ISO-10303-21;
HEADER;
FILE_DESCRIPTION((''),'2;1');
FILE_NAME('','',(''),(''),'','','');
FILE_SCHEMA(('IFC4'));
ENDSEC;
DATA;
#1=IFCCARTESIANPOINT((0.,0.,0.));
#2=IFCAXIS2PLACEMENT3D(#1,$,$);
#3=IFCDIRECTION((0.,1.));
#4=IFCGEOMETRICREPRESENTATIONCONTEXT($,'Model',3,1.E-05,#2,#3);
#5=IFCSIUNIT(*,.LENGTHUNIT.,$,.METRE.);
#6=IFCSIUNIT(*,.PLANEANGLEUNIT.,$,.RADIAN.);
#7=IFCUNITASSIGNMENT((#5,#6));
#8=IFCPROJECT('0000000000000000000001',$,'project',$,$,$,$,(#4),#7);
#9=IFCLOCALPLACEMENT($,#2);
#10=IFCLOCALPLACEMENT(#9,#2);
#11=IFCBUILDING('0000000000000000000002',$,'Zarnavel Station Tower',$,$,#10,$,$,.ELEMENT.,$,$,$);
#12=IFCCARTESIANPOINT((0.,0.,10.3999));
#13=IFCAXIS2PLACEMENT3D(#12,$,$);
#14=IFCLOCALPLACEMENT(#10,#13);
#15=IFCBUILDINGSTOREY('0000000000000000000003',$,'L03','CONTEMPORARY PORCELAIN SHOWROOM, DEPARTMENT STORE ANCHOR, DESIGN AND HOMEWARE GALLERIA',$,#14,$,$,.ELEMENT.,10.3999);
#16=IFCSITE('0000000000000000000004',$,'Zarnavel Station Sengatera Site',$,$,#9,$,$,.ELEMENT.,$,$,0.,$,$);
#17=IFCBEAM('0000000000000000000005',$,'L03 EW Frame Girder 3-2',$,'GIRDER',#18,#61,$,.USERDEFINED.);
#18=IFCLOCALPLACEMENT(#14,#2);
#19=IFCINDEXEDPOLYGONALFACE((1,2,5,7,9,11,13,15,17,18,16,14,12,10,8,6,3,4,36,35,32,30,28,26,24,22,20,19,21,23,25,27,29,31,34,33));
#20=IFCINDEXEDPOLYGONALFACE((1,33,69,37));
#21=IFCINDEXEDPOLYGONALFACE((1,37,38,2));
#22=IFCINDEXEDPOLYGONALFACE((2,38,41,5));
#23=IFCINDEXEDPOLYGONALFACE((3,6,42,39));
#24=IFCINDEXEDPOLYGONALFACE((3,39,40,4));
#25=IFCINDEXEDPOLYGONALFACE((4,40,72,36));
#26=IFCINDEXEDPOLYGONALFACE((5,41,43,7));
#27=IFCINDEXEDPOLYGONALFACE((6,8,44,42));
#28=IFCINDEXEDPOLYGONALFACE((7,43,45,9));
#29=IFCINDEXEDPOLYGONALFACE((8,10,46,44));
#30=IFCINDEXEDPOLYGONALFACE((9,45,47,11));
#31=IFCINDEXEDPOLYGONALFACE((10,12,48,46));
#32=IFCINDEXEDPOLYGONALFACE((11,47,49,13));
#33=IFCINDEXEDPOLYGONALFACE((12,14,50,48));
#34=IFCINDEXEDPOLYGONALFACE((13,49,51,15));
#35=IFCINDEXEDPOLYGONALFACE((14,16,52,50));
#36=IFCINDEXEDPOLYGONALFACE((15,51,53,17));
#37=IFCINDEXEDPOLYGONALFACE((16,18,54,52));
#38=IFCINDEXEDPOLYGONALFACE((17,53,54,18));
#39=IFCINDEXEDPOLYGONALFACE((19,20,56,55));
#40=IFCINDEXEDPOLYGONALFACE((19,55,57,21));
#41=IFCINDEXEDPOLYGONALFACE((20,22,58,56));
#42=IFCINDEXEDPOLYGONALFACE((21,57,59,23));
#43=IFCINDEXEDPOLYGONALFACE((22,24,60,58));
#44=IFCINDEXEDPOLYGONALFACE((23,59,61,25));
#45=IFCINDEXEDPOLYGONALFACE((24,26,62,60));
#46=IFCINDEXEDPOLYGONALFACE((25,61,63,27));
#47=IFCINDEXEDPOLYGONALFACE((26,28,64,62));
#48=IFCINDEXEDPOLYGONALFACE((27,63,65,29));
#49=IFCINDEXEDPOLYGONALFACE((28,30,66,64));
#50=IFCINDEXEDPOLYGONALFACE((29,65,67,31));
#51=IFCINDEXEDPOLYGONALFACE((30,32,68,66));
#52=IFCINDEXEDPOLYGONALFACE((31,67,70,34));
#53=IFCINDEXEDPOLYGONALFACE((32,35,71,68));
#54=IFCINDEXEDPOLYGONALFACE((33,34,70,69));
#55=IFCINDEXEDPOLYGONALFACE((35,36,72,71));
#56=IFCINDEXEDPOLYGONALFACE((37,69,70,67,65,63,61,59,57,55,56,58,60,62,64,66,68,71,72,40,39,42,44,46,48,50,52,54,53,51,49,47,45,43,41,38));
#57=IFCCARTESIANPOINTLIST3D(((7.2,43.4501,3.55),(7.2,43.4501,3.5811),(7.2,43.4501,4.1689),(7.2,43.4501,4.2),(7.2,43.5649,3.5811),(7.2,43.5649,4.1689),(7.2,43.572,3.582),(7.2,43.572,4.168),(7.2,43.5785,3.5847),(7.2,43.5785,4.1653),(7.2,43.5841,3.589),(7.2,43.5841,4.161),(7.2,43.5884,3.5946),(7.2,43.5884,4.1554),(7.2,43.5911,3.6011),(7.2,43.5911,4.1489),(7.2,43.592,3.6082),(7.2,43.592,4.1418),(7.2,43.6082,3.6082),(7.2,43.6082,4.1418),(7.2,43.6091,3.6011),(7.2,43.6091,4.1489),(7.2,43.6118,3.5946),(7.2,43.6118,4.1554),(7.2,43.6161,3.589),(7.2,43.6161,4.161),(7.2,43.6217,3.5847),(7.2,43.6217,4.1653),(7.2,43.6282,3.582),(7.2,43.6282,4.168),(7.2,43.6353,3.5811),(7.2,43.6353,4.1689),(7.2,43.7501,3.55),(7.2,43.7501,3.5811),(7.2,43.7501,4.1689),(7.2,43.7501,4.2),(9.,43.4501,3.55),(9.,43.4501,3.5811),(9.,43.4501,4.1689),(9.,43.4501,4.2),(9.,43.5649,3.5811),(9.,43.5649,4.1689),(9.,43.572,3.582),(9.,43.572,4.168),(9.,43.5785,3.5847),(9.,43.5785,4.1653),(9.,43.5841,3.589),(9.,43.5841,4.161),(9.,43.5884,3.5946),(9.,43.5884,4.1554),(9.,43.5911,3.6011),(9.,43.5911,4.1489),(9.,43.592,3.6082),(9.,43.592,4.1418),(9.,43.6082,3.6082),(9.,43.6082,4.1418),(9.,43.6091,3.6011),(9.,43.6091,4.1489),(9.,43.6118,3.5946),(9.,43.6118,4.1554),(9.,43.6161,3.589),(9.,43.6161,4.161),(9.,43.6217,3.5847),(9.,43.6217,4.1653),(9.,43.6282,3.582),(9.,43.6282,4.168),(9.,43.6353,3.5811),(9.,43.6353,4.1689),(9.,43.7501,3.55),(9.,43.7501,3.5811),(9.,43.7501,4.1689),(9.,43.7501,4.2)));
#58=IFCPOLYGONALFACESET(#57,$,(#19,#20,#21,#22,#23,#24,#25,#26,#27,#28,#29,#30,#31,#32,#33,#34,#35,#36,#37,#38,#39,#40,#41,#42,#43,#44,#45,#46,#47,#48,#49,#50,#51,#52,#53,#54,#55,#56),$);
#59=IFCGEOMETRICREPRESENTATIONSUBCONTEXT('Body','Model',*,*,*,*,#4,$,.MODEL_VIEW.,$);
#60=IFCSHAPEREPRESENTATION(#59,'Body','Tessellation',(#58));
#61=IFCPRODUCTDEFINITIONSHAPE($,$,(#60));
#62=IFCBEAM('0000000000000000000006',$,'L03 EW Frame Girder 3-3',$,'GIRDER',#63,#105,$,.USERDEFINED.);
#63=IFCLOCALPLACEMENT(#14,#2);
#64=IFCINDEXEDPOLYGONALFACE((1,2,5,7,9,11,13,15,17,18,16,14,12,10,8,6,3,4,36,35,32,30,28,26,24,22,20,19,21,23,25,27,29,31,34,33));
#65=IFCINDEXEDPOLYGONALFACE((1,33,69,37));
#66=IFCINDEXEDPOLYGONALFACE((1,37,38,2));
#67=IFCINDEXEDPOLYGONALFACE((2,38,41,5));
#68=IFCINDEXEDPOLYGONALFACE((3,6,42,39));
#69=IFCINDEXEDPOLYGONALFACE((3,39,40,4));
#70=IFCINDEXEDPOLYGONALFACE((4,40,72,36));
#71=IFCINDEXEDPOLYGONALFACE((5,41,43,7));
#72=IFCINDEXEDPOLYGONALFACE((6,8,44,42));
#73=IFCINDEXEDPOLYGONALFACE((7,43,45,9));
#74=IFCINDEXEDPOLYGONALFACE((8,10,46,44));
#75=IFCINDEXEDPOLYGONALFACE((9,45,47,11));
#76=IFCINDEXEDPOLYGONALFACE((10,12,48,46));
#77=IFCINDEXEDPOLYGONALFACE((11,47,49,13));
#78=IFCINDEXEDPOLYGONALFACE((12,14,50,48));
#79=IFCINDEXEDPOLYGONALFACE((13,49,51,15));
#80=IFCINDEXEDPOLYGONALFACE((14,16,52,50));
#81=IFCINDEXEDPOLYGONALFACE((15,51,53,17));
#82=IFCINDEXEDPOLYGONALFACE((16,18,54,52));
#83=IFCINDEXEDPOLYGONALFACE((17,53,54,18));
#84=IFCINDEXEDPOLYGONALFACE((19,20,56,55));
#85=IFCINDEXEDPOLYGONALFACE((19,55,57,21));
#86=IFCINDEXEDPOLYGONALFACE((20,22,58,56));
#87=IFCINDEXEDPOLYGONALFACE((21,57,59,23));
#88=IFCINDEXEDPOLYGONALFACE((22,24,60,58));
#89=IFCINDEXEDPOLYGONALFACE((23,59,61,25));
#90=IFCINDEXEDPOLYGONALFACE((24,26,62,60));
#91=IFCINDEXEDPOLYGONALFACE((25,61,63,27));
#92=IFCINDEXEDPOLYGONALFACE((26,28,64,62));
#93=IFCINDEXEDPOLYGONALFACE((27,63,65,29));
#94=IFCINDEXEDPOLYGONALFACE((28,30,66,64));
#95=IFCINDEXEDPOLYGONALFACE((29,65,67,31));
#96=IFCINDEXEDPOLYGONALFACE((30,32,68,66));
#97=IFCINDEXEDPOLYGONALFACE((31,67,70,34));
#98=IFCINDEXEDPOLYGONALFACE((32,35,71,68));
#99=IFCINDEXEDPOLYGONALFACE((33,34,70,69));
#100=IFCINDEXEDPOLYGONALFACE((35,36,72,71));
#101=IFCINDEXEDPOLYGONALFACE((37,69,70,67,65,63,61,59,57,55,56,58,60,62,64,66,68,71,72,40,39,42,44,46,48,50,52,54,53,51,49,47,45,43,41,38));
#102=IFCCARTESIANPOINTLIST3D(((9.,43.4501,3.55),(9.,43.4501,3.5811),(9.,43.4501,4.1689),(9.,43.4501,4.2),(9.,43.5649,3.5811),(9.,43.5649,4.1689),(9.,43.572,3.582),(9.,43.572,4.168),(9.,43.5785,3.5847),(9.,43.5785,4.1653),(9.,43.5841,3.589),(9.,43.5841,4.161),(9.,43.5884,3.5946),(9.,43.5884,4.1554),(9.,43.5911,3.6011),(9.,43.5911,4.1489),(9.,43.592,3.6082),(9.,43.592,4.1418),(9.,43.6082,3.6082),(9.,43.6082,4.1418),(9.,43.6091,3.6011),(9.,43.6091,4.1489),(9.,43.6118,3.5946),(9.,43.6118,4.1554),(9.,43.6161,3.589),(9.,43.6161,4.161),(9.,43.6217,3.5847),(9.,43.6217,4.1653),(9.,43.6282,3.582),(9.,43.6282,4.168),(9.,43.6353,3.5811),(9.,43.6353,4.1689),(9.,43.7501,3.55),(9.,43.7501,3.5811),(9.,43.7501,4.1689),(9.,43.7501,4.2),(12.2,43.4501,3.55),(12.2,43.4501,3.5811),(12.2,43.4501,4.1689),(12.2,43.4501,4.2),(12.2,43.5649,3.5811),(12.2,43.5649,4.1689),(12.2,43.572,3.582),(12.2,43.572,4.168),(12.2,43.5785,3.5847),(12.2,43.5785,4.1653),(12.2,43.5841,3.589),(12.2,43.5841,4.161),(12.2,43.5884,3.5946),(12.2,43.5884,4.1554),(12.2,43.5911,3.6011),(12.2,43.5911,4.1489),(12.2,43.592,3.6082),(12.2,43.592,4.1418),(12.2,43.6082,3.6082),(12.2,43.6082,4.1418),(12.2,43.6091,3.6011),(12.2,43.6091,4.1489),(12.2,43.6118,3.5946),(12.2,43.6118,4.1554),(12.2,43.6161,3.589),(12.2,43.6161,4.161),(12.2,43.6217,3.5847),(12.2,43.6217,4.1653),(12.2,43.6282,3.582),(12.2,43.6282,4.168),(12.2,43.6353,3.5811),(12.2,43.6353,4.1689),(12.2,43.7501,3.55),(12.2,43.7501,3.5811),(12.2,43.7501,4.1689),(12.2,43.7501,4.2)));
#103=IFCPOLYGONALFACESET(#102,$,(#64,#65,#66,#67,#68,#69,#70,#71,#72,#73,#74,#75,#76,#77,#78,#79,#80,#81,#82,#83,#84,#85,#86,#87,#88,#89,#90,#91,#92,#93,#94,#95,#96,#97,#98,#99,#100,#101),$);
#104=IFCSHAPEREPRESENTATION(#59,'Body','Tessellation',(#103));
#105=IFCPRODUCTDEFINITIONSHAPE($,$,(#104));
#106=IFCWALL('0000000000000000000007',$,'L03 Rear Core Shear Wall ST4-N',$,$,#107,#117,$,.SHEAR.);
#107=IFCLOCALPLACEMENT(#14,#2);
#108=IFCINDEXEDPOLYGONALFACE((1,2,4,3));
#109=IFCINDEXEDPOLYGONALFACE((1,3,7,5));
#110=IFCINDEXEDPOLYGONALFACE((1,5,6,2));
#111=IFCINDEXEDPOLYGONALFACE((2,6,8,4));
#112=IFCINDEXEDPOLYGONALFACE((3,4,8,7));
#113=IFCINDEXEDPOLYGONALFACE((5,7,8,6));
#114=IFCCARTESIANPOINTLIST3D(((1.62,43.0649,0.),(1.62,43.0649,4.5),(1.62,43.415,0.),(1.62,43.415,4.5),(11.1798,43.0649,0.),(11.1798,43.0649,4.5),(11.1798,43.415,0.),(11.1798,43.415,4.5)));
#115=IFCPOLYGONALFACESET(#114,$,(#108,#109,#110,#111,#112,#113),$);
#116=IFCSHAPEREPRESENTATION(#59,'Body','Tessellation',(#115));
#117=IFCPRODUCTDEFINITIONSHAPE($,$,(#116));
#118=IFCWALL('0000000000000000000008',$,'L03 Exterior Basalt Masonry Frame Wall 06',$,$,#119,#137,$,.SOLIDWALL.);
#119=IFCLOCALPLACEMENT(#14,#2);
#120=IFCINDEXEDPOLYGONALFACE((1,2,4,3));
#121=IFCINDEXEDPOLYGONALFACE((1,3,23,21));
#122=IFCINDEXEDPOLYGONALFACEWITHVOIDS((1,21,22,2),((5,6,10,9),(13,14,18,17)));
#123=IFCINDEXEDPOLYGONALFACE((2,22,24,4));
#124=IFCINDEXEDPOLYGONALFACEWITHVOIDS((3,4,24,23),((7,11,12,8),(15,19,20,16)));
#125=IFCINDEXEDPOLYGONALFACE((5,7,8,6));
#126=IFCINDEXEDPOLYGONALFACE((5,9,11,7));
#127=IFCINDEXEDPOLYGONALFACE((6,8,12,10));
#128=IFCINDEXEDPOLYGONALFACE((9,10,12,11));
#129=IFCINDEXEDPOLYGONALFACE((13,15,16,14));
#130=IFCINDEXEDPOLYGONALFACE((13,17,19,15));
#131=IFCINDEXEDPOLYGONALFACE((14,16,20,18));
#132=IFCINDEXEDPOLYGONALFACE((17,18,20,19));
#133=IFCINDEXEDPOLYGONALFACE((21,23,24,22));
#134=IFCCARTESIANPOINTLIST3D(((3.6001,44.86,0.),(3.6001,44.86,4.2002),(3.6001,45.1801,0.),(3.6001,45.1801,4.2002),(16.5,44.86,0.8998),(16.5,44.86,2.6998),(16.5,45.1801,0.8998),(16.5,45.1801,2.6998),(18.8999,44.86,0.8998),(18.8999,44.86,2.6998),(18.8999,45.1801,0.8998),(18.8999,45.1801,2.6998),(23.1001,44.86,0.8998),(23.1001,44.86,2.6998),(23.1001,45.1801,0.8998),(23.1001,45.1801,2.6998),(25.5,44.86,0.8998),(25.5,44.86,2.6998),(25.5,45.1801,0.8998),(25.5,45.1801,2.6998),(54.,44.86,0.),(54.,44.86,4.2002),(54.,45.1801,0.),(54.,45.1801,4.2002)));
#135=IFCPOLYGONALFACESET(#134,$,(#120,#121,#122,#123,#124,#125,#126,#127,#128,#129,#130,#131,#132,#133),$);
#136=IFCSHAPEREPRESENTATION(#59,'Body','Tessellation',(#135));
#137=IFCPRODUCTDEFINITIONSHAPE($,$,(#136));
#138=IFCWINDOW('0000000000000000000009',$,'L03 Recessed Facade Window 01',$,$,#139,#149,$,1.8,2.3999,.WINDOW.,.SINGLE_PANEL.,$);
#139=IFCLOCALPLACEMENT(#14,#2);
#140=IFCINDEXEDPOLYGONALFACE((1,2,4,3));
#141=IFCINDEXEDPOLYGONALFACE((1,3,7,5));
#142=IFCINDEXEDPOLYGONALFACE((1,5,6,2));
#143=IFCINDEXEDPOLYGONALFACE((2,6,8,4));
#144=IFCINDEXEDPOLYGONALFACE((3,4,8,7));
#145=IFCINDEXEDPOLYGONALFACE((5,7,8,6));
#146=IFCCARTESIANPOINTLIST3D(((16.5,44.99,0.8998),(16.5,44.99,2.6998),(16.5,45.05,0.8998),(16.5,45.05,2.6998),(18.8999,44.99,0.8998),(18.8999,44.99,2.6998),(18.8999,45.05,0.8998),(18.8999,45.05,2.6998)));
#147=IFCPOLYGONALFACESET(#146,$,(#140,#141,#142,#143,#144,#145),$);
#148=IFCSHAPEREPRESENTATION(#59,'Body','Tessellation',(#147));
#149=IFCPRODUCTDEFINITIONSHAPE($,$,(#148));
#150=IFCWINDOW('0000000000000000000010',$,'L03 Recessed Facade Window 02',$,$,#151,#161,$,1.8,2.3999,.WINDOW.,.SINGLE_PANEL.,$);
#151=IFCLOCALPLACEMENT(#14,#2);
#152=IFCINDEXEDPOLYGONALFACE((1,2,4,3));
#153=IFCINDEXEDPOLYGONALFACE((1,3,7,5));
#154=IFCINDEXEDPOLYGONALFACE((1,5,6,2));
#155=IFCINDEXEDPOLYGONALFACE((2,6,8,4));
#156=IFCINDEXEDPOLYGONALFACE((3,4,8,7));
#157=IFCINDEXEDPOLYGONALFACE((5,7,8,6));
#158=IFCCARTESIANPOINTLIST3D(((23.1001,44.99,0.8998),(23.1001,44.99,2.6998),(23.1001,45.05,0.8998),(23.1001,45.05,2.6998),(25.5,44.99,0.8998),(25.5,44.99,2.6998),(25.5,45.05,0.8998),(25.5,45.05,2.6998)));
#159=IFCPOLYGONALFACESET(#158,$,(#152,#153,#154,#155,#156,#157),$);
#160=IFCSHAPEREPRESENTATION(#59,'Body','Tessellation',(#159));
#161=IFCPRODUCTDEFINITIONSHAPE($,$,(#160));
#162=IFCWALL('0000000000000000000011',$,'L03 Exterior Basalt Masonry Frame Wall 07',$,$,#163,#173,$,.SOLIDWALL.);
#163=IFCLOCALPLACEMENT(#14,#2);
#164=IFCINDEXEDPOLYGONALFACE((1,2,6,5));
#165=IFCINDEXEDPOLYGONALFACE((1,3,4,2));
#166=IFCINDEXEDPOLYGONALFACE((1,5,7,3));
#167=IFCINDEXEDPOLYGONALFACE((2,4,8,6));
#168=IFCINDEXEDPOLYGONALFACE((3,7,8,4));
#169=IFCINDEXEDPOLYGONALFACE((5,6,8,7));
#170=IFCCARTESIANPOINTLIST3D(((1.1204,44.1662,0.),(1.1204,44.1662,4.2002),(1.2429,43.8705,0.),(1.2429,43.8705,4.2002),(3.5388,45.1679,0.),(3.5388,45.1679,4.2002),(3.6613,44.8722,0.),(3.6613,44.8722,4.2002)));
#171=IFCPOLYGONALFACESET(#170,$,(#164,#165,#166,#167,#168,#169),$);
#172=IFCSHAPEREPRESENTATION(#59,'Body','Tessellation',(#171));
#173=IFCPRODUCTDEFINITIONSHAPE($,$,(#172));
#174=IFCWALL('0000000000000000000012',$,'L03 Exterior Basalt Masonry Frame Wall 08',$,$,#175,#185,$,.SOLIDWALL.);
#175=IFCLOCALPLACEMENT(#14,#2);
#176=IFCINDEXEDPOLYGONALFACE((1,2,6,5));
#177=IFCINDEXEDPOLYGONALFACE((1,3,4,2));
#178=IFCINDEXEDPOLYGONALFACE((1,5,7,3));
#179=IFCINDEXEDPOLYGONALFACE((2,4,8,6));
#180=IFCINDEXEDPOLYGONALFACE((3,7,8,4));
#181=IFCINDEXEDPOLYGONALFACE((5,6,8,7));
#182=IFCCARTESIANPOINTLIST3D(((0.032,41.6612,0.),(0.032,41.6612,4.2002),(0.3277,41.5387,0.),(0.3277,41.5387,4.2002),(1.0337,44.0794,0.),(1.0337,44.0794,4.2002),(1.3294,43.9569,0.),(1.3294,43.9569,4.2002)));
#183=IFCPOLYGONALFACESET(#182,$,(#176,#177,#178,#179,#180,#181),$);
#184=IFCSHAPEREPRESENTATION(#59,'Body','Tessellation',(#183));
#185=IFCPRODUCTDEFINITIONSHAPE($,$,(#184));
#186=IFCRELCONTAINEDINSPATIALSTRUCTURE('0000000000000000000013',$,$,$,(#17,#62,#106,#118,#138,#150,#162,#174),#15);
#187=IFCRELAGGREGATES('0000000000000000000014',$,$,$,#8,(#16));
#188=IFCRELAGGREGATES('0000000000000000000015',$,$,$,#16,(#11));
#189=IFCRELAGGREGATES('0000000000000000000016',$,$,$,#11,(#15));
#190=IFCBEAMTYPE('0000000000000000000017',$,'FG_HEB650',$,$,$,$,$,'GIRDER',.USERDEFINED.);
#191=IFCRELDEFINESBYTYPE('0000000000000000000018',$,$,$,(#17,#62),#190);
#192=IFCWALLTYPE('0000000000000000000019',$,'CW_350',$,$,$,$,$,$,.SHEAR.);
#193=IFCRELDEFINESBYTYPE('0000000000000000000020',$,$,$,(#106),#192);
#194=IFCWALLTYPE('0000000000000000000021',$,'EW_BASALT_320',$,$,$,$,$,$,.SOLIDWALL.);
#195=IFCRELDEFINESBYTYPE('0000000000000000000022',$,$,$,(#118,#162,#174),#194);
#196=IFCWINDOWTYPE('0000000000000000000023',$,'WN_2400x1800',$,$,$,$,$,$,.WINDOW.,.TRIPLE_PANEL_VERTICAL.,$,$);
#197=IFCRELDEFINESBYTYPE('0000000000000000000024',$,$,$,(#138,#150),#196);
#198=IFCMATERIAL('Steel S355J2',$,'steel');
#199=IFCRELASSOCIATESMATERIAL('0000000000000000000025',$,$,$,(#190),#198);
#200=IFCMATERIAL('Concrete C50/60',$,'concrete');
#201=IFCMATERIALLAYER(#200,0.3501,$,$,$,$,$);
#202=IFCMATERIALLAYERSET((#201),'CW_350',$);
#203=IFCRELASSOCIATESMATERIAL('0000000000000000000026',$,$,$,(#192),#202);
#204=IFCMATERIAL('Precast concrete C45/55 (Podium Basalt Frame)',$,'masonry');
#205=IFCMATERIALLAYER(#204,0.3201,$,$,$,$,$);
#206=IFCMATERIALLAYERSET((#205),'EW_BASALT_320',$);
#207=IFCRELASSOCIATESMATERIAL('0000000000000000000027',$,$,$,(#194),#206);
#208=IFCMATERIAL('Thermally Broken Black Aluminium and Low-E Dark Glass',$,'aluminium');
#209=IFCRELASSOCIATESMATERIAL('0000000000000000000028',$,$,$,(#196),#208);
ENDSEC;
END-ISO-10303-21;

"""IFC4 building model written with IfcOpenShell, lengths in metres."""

from ifc_helpers import new_model, si_unit, direction, frame, frame_2d, origin, origin_2d, place, context, subcontext, project, spatial, rectangle, i_section, extrude, material, layer, layer_set, material_profile, profile_set, type_object, element, fill, save


model = new_model("IFC4")

# Units and contexts
model_context = context("Model", 3, precision=1e-05, world=origin(), true_north=direction((0.0, 1.0)))
body_context = subcontext(model_context, "Body", "Model", "MODEL_VIEW")
ifc_project = project(units=[si_unit("LENGTHUNIT", "METRE"), si_unit("PLANEANGLEUNIT", "RADIAN")], contexts=[model_context])

# Site, building, storey
site_placement = place(None, origin())
site = spatial("IfcSite", under=ifc_project, at=site_placement, Name="Zarnavel Station Sengatera Site", CompositionType="ELEMENT", RefElevation=0.0)
building_placement = place(site_placement, origin())
building = spatial("IfcBuilding", under=site, at=building_placement, Name="Zarnavel Station Tower", CompositionType="ELEMENT")
storey_placement = place(building_placement, frame((0.0, 0.0, 10.3999)))
storey = spatial("IfcBuildingStorey", under=building, at=storey_placement, Name="L03", Description="CONTEMPORARY PORCELAIN SHOWROOM, DEPARTMENT STORE ANCHOR, DESIGN AND HOMEWARE GALLERIA", CompositionType="ELEMENT", Elevation=10.3999)

# Beams
ifc_material_1 = material(Name="Steel S355J2", Category="steel")
ifc_material_profile_1 = material_profile(ifc_material_1, i_section(OverallWidth=0.3, OverallDepth=0.6499, WebThickness=0.0161, FlangeThickness=0.031, FilletRadius=0.0271, at=origin_2d()), Name="HEB650")
ifc_profile_set_1 = profile_set([ifc_material_profile_1], Name="Steel S355J2")
beam_type = type_object("IfcBeamType", Name="FG_HEB650", ElementType="GIRDER", PredefinedType="USERDEFINED", material=ifc_profile_set_1)
beam_1_placement = place(storey_placement, frame((7.2, 43.6001, 3.875), z_axis=(1.0, 0.0, 0.0), x_axis=(0.0, 1.0, 0.0)))
element("IfcBeam", 1, at=beam_1_placement, inside=storey, type_object=beam_type, Name="L03 EW Frame Girder 3-2", ObjectType="GIRDER", PredefinedType="USERDEFINED", context=body_context, shape_type="SweptSolid", body=[
    extrude(i_section(OverallWidth=0.3, OverallDepth=0.6499, WebThickness=0.0161, FlangeThickness=0.031, FilletRadius=0.0271, at=origin_2d()), origin(), (0.0, 0.0, 1.0), 1.8),
])
beam_2_placement = place(storey_placement, frame((9.0, 43.6001, 3.875), z_axis=(1.0, 0.0, 0.0), x_axis=(0.0, 1.0, 0.0)))
element("IfcBeam", 2, at=beam_2_placement, inside=storey, type_object=beam_type, Name="L03 EW Frame Girder 3-3", ObjectType="GIRDER", PredefinedType="USERDEFINED", context=body_context, shape_type="SweptSolid", body=[
    extrude(i_section(OverallWidth=0.3, OverallDepth=0.6499, WebThickness=0.0161, FlangeThickness=0.031, FilletRadius=0.0271, at=origin_2d()), origin(), (0.0, 0.0, 1.0), 3.2),
])

# Wall
ifc_material_2 = material(Name="Concrete C50/60", Category="concrete")
ifc_layer_1 = layer(ifc_material_2, 0.3501)
ifc_layer_set_1 = layer_set([ifc_layer_1], Name="CW_350")
wall_type_1 = type_object("IfcWallType", Name="CW_350", PredefinedType="SHEAR", material=ifc_layer_set_1)
wall_1_placement = place(storey_placement, frame((1.6201, 43.24, 0.0), z_axis=(0.0, 0.0, 1.0), x_axis=(1.0, 0.0, 0.0)))
element("IfcWall", 3, at=wall_1_placement, inside=storey, type_object=wall_type_1, Name="L03 Rear Core Shear Wall ST4-N", PredefinedType="SHEAR", context=body_context, shape_type="SweptSolid", body=[
    extrude(rectangle(XDim=9.5598, YDim=0.3501, at=frame_2d((4.7798, 0.0))), origin(), (0.0, 0.0, 1.0), 4.5),
])

# Wall, openings, windows
ifc_material_3 = material(Name="Precast concrete C45/55 (Podium Basalt Frame)", Category="masonry")
ifc_layer_2 = layer(ifc_material_3, 0.3201)
ifc_layer_set_2 = layer_set([ifc_layer_2], Name="EW_BASALT_320")
wall_type_2 = type_object("IfcWallType", Name="EW_BASALT_320", PredefinedType="SOLIDWALL", material=ifc_layer_set_2)
wall_2_placement = place(storey_placement, frame((3.6001, 45.02, 0.0), z_axis=(0.0, 0.0, 1.0), x_axis=(1.0, 0.0, 0.0)))
wall_2 = element("IfcWall", 4, at=wall_2_placement, inside=storey, type_object=wall_type_2, Name="L03 Exterior Basalt Masonry Frame Wall 06", PredefinedType="SOLIDWALL", context=body_context, shape_type="SweptSolid", body=[
    extrude(rectangle(XDim=50.3999, YDim=0.3201, at=frame_2d((25.2, 0.0))), origin(), (0.0, 0.0, 1.0), 4.2002),
])
opening_1_placement = place(wall_2_placement, frame((12.8999, 0.0, 0.8999)))
opening_1 = element("IfcOpeningElement", 5, at=opening_1_placement, cuts=wall_2, PredefinedType="OPENING", context=body_context, shape_type="SweptSolid", body=[
    extrude(rectangle(XDim=2.3999, YDim=1.8, at=frame_2d((1.2, 0.8999))), frame((0.0, 0.1699, 0.0), z_axis=(0.0, -1.0, 0.0), x_axis=(1.0, 0.0, 0.0)), (0.0, 0.0, 1.0), 0.3401),
])
opening_2_placement = place(wall_2_placement, frame((19.5, 0.0, 0.8999)))
opening_2 = element("IfcOpeningElement", 6, at=opening_2_placement, cuts=wall_2, PredefinedType="OPENING", context=body_context, shape_type="SweptSolid", body=[
    extrude(rectangle(XDim=2.3999, YDim=1.8, at=frame_2d((1.2, 0.8999))), frame((0.0, 0.1699, 0.0), z_axis=(0.0, -1.0, 0.0), x_axis=(1.0, 0.0, 0.0)), (0.0, 0.0, 1.0), 0.3401),
])
ifc_material_4 = material(Name="Thermally Broken Black Aluminium and Low-E Dark Glass", Category="aluminium")
window_type = type_object("IfcWindowType", Name="WN_2400x1800", PartitioningType="TRIPLE_PANEL_VERTICAL", PredefinedType="WINDOW", material=ifc_material_4)
window_1_placement = place(opening_1_placement, origin())
window_1 = element("IfcWindow", 7, at=window_1_placement, inside=storey, type_object=window_type, Name="L03 Recessed Facade Window 01", OverallHeight=1.8, OverallWidth=2.3999, PartitioningType="SINGLE_PANEL", PredefinedType="WINDOW", context=body_context, shape_type="SweptSolid", body=[
    extrude(rectangle(XDim=2.3999, YDim=1.8, at=frame_2d((1.2, 0.8999))), frame((0.0, 0.03, 0.0), z_axis=(0.0, -1.0, 0.0), x_axis=(1.0, 0.0, 0.0)), (0.0, 0.0, 1.0), 0.0601),
])
fill(opening_1, window_1)
window_2_placement = place(opening_2_placement, origin())
window_2 = element("IfcWindow", 8, at=window_2_placement, inside=storey, type_object=window_type, Name="L03 Recessed Facade Window 02", OverallHeight=1.8, OverallWidth=2.3999, PartitioningType="SINGLE_PANEL", PredefinedType="WINDOW", context=body_context, shape_type="SweptSolid", body=[
    extrude(rectangle(XDim=2.3999, YDim=1.8, at=frame_2d((1.2, 0.8999))), frame((0.0, 0.03, 0.0), z_axis=(0.0, -1.0, 0.0), x_axis=(1.0, 0.0, 0.0)), (0.0, 0.0, 1.0), 0.0601),
])
fill(opening_2, window_2)

# Walls
wall_3_placement = place(storey_placement, frame((1.1816, 44.0183, 0.0), z_axis=(0.0, 0.0, 1.0), x_axis=(0.923886, 0.382668, 0.0)))
element("IfcWall", 9, at=wall_3_placement, inside=storey, type_object=wall_type_2, Name="L03 Exterior Basalt Masonry Frame Wall 07", PredefinedType="SOLIDWALL", context=body_context, shape_type="SweptSolid", body=[
    extrude(rectangle(XDim=2.6177, YDim=0.3201, at=frame_2d((1.3088, 0.0))), origin(), (0.0, 0.0, 1.0), 4.2002),
])
wall_4_placement = place(storey_placement, frame((0.1799, 41.6001, 0.0), z_axis=(0.0, 0.0, 1.0), x_axis=(0.382701, 0.923872, 0.0)))
element("IfcWall", 10, at=wall_4_placement, inside=storey, type_object=wall_type_2, Name="L03 Exterior Basalt Masonry Frame Wall 08", PredefinedType="SOLIDWALL", context=body_context, shape_type="SweptSolid", body=[
    extrude(rectangle(XDim=2.6174, YDim=0.3201, at=frame_2d((1.3086, 0.0))), origin(), (0.0, 0.0, 1.0), 4.2002),
])

save(model, "model.ifc")
